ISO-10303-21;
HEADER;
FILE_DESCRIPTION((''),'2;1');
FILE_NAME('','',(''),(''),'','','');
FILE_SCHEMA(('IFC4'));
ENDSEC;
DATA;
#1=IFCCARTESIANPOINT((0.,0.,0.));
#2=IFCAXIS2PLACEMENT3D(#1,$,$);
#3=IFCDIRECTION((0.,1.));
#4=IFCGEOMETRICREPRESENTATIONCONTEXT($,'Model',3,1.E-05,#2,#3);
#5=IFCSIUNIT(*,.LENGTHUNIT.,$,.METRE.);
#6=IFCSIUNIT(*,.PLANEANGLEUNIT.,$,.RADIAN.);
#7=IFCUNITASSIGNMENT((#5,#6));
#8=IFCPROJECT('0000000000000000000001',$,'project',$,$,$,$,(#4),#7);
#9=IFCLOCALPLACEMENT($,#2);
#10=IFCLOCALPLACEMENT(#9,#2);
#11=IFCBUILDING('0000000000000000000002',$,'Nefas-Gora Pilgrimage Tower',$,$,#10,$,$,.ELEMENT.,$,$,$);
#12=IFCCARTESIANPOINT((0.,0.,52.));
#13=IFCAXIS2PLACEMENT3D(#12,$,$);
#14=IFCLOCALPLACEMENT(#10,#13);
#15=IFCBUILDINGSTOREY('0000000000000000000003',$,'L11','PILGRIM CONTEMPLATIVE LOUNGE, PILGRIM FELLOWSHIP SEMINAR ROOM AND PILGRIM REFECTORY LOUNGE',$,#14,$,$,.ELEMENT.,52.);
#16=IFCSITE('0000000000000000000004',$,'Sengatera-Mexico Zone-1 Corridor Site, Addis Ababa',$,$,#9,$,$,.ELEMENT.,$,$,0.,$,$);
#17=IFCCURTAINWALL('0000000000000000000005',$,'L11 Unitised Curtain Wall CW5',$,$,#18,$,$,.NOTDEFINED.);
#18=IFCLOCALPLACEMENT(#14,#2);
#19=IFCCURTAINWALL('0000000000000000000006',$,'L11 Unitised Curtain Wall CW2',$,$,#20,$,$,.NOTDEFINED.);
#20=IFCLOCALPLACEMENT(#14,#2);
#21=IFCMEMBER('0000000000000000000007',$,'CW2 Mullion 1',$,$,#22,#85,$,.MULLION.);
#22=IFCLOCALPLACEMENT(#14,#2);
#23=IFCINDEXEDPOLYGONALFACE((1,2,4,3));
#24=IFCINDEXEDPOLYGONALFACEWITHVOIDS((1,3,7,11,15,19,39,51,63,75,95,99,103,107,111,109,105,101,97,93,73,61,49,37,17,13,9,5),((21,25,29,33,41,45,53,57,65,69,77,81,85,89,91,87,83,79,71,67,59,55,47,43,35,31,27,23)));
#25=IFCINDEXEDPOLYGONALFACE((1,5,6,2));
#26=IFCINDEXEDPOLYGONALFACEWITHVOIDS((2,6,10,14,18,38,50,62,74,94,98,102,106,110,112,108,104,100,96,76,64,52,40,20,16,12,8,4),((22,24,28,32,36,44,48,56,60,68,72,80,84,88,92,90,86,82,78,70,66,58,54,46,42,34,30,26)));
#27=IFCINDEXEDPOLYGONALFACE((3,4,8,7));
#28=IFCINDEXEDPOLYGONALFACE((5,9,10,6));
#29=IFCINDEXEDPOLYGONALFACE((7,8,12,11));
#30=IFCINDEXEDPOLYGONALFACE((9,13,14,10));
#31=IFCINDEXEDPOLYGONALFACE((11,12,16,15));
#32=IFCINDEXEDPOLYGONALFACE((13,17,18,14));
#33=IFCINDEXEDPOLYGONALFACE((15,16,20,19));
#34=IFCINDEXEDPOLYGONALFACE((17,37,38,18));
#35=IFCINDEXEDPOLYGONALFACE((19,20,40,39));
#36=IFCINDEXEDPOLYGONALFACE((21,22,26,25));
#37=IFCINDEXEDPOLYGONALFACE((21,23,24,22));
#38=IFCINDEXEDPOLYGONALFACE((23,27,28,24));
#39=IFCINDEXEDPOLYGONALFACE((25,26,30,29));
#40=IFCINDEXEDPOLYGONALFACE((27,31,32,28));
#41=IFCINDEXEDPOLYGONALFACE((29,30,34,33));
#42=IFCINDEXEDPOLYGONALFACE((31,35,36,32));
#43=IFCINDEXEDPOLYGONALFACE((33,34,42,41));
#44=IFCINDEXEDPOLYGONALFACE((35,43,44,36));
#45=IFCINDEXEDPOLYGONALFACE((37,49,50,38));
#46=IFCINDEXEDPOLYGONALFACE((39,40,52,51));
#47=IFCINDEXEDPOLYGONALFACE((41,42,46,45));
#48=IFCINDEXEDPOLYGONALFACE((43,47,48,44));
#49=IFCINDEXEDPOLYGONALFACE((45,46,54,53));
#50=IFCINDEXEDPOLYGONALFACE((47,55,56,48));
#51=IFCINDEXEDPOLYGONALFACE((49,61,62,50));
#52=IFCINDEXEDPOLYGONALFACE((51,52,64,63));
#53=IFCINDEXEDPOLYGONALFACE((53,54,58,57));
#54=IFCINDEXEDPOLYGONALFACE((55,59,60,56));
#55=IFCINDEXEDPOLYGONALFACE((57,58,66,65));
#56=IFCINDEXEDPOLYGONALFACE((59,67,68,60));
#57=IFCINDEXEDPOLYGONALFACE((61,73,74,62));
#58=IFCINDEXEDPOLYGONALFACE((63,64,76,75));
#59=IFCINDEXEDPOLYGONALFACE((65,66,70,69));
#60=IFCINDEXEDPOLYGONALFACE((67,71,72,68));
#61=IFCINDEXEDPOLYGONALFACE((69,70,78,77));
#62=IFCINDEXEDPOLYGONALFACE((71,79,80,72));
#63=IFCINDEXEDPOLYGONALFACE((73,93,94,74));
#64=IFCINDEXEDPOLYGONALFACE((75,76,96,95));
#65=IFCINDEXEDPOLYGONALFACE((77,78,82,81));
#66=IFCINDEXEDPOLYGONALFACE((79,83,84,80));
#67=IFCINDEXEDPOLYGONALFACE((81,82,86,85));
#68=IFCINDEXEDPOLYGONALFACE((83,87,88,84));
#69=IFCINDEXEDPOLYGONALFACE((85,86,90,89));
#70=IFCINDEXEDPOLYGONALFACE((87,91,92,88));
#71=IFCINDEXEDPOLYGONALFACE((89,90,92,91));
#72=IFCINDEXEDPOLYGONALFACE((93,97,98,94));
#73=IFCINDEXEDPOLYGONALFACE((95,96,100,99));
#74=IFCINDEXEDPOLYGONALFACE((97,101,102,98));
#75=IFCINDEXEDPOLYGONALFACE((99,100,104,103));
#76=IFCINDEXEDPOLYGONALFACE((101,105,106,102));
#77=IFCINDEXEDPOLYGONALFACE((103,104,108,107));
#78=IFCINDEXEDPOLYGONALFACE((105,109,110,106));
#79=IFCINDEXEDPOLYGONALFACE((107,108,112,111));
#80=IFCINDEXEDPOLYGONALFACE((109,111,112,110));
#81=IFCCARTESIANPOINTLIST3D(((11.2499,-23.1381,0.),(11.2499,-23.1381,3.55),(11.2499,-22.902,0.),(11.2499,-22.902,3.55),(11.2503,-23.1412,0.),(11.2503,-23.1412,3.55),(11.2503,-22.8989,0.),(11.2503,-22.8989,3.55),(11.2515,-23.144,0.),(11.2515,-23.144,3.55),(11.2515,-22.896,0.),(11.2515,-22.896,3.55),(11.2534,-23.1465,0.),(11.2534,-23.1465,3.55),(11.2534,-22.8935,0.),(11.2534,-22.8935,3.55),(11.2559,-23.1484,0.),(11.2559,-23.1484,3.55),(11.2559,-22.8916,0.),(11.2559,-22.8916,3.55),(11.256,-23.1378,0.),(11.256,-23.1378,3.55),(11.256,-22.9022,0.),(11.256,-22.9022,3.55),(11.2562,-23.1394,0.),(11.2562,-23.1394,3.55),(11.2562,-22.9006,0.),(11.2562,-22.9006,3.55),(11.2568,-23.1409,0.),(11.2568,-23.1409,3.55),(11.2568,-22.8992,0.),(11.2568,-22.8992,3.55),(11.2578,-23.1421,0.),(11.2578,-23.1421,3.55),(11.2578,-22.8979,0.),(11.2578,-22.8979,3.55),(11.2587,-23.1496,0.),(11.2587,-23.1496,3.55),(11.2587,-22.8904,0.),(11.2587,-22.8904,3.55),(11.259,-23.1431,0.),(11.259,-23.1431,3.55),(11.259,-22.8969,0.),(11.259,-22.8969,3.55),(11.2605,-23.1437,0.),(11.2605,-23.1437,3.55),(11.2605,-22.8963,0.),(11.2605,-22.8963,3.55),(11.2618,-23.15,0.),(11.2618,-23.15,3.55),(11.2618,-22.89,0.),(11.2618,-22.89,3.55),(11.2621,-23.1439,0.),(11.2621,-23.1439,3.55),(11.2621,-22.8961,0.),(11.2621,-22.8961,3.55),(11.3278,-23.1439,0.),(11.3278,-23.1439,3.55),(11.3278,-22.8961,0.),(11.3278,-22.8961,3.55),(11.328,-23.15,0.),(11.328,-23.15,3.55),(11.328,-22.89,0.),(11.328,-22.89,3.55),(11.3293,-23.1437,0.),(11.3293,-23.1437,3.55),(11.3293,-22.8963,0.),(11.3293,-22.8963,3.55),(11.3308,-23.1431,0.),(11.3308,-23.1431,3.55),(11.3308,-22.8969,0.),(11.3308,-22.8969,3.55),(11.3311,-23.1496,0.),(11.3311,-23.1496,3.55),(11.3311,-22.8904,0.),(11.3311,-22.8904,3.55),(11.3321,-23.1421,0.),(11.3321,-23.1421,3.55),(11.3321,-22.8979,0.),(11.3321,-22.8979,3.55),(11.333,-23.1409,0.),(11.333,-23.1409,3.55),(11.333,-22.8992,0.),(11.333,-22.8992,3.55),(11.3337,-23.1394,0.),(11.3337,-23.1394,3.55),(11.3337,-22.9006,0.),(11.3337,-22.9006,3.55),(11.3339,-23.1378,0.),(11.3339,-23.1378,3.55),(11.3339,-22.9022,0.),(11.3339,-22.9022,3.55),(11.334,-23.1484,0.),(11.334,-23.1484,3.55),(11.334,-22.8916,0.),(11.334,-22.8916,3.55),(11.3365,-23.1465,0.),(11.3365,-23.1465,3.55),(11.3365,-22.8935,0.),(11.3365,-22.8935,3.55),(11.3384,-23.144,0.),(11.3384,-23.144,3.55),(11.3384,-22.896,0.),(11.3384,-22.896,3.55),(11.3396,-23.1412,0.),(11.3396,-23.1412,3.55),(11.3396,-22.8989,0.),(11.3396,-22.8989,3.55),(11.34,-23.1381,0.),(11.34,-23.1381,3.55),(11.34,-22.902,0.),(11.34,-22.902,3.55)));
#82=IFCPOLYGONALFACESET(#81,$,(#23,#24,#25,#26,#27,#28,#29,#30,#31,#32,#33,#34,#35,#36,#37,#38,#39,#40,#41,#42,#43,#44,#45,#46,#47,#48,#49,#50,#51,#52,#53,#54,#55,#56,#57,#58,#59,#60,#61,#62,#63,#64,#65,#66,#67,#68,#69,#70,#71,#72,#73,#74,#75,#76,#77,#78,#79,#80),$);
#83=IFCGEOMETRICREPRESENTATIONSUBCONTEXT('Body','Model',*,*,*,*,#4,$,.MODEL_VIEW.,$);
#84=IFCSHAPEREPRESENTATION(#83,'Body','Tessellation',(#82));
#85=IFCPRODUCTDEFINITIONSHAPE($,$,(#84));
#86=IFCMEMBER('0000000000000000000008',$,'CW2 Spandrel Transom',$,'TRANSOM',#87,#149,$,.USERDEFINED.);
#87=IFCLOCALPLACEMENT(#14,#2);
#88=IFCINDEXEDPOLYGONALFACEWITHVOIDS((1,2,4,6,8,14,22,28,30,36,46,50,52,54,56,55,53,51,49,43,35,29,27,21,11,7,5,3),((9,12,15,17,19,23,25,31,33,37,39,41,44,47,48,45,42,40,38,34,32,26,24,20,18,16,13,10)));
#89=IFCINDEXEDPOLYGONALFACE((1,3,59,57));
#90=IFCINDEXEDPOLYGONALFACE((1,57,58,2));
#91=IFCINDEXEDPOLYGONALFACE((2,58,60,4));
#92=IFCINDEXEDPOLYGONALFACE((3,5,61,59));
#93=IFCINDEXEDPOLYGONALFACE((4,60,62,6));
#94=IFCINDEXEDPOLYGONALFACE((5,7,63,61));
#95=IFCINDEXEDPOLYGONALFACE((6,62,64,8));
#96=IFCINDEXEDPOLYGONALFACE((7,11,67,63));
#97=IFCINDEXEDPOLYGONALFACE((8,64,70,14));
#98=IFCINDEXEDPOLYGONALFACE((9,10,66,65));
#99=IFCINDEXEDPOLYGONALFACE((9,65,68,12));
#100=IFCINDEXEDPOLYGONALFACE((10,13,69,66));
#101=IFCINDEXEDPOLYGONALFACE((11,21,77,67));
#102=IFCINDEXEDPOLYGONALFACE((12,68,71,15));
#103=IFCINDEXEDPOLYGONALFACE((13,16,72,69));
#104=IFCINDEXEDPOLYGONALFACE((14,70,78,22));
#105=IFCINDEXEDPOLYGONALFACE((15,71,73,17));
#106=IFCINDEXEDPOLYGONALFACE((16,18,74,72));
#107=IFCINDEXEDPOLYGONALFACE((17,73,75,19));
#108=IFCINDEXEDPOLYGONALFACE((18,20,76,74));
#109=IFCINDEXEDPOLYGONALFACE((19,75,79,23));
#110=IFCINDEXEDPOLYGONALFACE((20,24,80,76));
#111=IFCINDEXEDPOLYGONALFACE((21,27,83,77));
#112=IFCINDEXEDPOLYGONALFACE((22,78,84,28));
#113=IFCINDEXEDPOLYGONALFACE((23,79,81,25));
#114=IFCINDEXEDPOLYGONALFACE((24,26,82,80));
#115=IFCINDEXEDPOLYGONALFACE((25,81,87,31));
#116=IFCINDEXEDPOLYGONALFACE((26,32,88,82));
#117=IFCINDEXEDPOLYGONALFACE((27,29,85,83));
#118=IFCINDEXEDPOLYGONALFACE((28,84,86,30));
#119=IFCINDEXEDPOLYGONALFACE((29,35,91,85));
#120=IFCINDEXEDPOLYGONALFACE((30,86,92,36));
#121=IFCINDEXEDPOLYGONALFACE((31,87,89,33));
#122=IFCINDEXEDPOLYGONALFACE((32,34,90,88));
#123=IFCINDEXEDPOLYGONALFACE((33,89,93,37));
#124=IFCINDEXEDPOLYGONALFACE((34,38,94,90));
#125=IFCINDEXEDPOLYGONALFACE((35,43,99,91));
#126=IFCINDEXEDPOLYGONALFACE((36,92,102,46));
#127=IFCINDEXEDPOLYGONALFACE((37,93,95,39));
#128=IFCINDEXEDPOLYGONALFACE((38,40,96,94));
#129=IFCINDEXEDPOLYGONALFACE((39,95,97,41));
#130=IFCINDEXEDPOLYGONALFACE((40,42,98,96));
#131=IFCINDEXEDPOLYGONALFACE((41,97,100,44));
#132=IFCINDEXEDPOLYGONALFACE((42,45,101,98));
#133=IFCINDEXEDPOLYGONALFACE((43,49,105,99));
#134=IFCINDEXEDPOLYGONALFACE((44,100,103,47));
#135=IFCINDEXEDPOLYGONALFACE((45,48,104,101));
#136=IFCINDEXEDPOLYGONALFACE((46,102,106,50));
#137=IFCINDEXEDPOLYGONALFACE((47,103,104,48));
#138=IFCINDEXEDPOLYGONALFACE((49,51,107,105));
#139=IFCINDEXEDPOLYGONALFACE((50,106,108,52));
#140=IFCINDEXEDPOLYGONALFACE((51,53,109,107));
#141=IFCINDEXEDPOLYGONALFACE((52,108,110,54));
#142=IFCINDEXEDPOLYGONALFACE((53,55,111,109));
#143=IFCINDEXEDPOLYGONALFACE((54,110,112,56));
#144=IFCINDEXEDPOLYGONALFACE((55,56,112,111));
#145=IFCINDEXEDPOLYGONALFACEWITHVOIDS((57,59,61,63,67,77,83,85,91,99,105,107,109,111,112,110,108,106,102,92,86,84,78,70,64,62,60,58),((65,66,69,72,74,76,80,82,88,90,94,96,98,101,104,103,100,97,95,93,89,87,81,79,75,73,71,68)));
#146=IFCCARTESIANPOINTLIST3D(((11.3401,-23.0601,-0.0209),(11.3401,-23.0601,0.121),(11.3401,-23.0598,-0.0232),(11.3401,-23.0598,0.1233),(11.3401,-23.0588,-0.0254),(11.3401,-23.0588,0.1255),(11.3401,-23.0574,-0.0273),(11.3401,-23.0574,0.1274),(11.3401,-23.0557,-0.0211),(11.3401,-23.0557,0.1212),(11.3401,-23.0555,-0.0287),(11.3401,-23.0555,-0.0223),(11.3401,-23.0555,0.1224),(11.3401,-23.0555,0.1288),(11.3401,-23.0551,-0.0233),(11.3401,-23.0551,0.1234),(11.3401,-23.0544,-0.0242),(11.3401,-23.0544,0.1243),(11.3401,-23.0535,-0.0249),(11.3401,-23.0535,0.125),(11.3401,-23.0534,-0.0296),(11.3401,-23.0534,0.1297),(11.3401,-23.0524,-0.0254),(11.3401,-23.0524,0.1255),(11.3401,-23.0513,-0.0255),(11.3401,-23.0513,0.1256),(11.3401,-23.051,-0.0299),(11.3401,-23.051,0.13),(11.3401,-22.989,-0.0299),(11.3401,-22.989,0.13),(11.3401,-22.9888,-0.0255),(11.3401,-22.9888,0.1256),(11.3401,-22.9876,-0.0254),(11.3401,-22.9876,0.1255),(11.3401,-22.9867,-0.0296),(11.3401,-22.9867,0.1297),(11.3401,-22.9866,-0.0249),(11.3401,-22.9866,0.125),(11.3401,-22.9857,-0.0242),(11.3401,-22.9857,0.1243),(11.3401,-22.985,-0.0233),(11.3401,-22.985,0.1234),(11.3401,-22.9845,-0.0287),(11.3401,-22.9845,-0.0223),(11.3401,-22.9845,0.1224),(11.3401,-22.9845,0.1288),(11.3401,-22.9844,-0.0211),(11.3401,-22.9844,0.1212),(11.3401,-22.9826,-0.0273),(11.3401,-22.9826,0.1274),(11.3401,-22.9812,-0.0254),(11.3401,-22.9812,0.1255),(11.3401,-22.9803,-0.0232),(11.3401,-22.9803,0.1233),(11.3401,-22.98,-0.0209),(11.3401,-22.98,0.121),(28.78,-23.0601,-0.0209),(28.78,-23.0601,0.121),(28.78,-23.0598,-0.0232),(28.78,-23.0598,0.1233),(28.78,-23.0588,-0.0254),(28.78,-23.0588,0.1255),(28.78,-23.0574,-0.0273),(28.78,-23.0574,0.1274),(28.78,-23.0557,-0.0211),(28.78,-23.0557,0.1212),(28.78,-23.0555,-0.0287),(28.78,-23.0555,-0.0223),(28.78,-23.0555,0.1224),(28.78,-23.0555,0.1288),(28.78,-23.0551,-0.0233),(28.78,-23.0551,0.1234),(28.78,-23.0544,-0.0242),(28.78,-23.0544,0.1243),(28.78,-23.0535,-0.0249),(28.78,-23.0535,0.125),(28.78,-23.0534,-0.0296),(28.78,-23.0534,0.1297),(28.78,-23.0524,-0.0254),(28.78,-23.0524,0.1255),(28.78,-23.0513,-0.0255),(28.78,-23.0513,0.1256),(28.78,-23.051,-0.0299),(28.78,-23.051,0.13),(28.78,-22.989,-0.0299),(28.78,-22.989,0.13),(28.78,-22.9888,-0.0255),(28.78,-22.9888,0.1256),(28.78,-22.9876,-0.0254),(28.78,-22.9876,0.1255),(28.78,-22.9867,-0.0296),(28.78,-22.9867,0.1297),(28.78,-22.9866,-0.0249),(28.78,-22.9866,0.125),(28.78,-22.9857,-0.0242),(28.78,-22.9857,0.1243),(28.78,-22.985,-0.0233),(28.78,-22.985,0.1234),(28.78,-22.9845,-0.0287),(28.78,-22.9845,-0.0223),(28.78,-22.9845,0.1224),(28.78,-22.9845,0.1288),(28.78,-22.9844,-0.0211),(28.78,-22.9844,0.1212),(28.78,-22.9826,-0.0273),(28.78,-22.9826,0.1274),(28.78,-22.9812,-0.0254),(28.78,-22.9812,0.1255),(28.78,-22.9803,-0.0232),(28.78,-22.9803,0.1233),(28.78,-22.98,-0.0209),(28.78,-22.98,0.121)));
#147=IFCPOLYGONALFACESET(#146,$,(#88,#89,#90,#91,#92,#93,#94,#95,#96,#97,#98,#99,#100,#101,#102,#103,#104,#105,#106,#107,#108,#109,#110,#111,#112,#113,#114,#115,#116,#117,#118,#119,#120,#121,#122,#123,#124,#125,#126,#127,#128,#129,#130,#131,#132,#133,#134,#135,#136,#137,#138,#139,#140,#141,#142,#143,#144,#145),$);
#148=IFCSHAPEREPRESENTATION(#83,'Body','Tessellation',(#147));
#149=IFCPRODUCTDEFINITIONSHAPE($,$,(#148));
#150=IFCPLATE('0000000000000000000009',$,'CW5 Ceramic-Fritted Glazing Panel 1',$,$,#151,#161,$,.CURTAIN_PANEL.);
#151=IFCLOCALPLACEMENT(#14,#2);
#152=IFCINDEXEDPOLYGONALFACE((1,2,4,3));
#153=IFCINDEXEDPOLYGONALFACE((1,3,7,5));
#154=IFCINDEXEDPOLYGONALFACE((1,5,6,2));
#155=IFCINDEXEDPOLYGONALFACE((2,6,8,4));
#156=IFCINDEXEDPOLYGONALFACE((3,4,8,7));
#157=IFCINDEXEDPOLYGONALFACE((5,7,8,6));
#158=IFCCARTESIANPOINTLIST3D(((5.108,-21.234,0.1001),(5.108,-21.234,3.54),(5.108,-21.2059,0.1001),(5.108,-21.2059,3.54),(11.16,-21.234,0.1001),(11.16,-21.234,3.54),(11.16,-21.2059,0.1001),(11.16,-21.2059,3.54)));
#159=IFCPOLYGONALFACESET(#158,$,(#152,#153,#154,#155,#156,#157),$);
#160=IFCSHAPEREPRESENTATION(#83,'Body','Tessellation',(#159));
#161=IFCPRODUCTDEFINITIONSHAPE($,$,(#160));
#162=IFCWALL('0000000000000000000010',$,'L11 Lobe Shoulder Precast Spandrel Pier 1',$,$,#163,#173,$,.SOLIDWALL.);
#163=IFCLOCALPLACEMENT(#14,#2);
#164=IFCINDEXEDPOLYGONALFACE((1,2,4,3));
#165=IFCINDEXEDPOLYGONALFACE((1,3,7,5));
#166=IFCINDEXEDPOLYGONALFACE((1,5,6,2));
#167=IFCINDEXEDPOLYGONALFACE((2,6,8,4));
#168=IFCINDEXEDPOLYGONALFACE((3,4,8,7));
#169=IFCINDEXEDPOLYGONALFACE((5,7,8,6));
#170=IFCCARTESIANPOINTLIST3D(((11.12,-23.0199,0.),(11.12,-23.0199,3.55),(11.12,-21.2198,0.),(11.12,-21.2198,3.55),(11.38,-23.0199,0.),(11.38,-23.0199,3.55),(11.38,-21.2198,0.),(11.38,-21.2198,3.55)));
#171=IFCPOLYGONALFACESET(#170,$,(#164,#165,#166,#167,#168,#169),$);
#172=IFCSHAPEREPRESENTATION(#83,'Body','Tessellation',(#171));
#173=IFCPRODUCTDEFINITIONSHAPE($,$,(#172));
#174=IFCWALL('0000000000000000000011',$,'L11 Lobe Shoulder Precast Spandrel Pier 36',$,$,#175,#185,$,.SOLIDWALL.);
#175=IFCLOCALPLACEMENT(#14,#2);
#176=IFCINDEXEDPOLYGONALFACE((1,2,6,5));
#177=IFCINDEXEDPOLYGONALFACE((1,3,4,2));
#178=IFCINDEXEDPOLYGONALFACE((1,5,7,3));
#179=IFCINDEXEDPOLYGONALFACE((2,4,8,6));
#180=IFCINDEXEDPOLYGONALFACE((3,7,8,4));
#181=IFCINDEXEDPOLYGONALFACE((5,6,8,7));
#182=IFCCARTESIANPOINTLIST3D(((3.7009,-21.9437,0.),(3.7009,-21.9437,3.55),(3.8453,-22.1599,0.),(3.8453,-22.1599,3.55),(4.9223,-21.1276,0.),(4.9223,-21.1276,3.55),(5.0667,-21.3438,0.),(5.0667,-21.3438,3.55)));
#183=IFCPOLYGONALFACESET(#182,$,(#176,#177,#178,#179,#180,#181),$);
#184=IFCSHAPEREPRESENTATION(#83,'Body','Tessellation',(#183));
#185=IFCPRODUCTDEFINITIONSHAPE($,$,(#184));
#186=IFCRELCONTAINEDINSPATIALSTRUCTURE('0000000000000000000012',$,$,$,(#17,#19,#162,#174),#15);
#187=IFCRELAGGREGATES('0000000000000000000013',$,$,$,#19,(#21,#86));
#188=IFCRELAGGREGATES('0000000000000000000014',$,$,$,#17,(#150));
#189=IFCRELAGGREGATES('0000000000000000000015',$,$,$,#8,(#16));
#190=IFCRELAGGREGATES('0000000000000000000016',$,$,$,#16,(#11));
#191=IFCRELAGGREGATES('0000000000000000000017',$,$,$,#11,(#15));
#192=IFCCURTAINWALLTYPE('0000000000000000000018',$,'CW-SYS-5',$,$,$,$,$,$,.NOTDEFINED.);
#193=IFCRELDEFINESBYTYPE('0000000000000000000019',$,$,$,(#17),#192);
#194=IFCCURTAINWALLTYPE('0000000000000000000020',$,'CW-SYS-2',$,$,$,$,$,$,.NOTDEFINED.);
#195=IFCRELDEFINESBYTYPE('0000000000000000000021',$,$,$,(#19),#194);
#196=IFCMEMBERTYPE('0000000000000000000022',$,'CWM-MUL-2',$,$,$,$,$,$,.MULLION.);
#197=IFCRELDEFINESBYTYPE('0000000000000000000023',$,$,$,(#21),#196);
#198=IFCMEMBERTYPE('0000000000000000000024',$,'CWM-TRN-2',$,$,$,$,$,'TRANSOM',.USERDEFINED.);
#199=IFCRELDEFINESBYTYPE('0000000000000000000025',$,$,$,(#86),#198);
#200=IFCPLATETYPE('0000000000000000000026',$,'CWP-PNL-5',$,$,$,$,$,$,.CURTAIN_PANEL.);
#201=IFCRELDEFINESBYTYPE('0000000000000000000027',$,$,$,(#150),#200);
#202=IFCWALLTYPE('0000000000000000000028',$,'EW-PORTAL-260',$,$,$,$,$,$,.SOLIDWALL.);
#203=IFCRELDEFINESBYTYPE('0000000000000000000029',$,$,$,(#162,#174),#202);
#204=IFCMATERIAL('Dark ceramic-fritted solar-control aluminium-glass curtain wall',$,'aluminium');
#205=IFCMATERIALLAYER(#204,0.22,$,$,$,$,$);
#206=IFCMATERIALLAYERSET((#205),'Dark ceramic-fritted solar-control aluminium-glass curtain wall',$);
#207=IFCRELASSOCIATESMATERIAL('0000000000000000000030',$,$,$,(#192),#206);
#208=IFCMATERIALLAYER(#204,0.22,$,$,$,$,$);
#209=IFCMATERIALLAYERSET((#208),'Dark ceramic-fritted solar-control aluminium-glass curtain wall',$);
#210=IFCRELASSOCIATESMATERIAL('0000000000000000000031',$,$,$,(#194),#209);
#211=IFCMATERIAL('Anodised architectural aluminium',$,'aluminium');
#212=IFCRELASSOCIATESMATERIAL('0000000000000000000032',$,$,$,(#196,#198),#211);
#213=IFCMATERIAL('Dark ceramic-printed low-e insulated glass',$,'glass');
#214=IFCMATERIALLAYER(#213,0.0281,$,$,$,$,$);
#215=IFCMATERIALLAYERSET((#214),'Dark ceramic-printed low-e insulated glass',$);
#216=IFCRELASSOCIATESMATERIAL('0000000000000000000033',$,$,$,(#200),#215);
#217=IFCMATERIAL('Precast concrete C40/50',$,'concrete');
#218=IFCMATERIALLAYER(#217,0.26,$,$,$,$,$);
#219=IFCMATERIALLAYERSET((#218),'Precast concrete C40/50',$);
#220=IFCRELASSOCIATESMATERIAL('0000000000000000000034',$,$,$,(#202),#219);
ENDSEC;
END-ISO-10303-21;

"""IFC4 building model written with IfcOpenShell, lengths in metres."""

from ifc_helpers import new_model, si_unit, direction, frame, frame_2d, origin, origin_2d, place, context, subcontext, project, spatial, rectangle, hollow_rectangle, extrude, source, transform, mapped, material, layer, layer_set, material_profile, profile_set, type_object, element, aggregate, save


model = new_model("IFC4")

# Units and contexts
model_context = context("Model", 3, precision=1e-05, world=origin(), true_north=direction((0.0, 1.0)))
body_context = subcontext(model_context, "Body", "Model", "MODEL_VIEW")
ifc_project = project(units=[si_unit("LENGTHUNIT", "METRE"), si_unit("PLANEANGLEUNIT", "RADIAN")], contexts=[model_context])

# Site, building, storey
site_placement = place(None, origin())
site = spatial("IfcSite", under=ifc_project, at=site_placement, Name="Sengatera-Mexico Zone-1 Corridor Site, Addis Ababa", CompositionType="ELEMENT", RefElevation=0.0)
building_placement = place(site_placement, origin())
building = spatial("IfcBuilding", under=site, at=building_placement, Name="Nefas-Gora Pilgrimage Tower", CompositionType="ELEMENT")
storey_placement = place(building_placement, frame((0.0, 0.0, 52.0)))
storey = spatial("IfcBuildingStorey", under=building, at=storey_placement, Name="L11", Description="PILGRIM CONTEMPLATIVE LOUNGE, PILGRIM FELLOWSHIP SEMINAR ROOM AND PILGRIM REFECTORY LOUNGE", CompositionType="ELEMENT", Elevation=52.0)

# Curtain wall
ifc_material_1 = material(Name="Dark ceramic-fritted solar-control aluminium-glass curtain wall", Category="aluminium")
ifc_layer_1 = layer(ifc_material_1, 0.22)
ifc_layer_set_1 = layer_set([ifc_layer_1], Name="Dark ceramic-fritted solar-control aluminium-glass curtain wall")
curtain_wall_type_1 = type_object("IfcCurtainWallType", Name="CW-SYS-5", PredefinedType="NOTDEFINED", material=ifc_layer_set_1)
curtain_wall_1_placement = place(storey_placement, origin())
curtain_wall_1 = element("IfcCurtainWall", 1, at=curtain_wall_1_placement, inside=storey, type_object=curtain_wall_type_1, Name="L11 Unitised Curtain Wall CW5", PredefinedType="NOTDEFINED")
ifc_material_2 = material(Name="Anodised architectural aluminium", Category="aluminium")

# Curtain wall, members
ifc_layer_2 = layer(ifc_material_1, 0.22)
ifc_layer_set_2 = layer_set([ifc_layer_2], Name="Dark ceramic-fritted solar-control aluminium-glass curtain wall")
curtain_wall_type_2 = type_object("IfcCurtainWallType", Name="CW-SYS-2", PredefinedType="NOTDEFINED", material=ifc_layer_set_2)
curtain_wall_2_placement = place(storey_placement, origin())
curtain_wall_2 = element("IfcCurtainWall", 2, at=curtain_wall_2_placement, inside=storey, type_object=curtain_wall_type_2, Name="L11 Unitised Curtain Wall CW2", PredefinedType="NOTDEFINED")
ifc_material_profile_1 = material_profile(ifc_material_2, hollow_rectangle(XDim=0.0901, YDim=0.26, WallThickness=0.0061, InnerFilletRadius=0.0061, OuterFilletRadius=0.012, at=origin_2d()), Name="ALU MULLION 90x260")
ifc_profile_set_1 = profile_set([ifc_material_profile_1], Name="Anodised architectural aluminium")
member_type_1 = type_object("IfcMemberType", Name="CWM-MUL-2", PredefinedType="MULLION", material=ifc_profile_set_1)
shared_shape_1 = source(origin(), body_context, "Body", "SweptSolid", [
    extrude(hollow_rectangle(XDim=0.0901, YDim=0.26, WallThickness=0.0061, InnerFilletRadius=0.0061, OuterFilletRadius=0.012, at=origin_2d()), origin(), (0.0, 0.0, 1.0), 3.55),
])
member_1_placement = place(storey_placement, frame((11.2949, -23.02, 0.0), z_axis=(0.0, 0.0, 1.0), x_axis=(1.0, 0.0, 0.0)))
member_1 = element("IfcMember", 3, at=member_1_placement, type_object=member_type_1, Name="CW2 Mullion 1", PredefinedType="MULLION", context=body_context, shape_type="MappedRepresentation", body=[
    mapped(shared_shape_1, transform((0.0, 0.0, 0.0), x_axis=(1.0, 0.0, 0.0), y_axis=(0.0, 1.0, 0.0), z_axis=(0.0, 0.0, 1.0), scale=1.0)),
])
ifc_material_profile_2 = material_profile(ifc_material_2, hollow_rectangle(XDim=0.0801, YDim=0.1599, WallThickness=0.0044, InnerFilletRadius=0.0044, OuterFilletRadius=0.009, at=origin_2d()), Name="ALU TRANSOM 80x160")
ifc_profile_set_2 = profile_set([ifc_material_profile_2], Name="Anodised architectural aluminium")
member_type_2 = type_object("IfcMemberType", Name="CWM-TRN-2", ElementType="TRANSOM", PredefinedType="USERDEFINED", material=ifc_profile_set_2)
shared_shape_2 = source(origin(), body_context, "Body", "SweptSolid", [
    extrude(hollow_rectangle(XDim=0.0801, YDim=0.1599, WallThickness=0.0044, InnerFilletRadius=0.0044, OuterFilletRadius=0.009, at=origin_2d()), origin(), (0.0, 0.0, 1.0), 17.4399),
])
member_2_placement = place(storey_placement, frame((11.3401, -23.02, 0.05), z_axis=(1.0, 0.0, 0.0), x_axis=(0.0, 1.0, 0.0)))
member_2 = element("IfcMember", 4, at=member_2_placement, type_object=member_type_2, Name="CW2 Spandrel Transom", ObjectType="TRANSOM", PredefinedType="USERDEFINED", context=body_context, shape_type="MappedRepresentation", body=[
    mapped(shared_shape_2, transform((0.0, 0.0, 0.0), x_axis=(1.0, 0.0, 0.0), y_axis=(0.0, 1.0, 0.0), z_axis=(0.0, 0.0, 1.0), scale=1.0)),
])
aggregate(curtain_wall_2, [member_1, member_2])

# Plate
ifc_material_3 = material(Name="Dark ceramic-printed low-e insulated glass", Category="glass")
ifc_layer_3 = layer(ifc_material_3, 0.0281)
ifc_layer_set_3 = layer_set([ifc_layer_3], Name="Dark ceramic-printed low-e insulated glass")
plate_type = type_object("IfcPlateType", Name="CWP-PNL-5", PredefinedType="CURTAIN_PANEL", material=ifc_layer_set_3)
shared_shape_3 = source(origin(), body_context, "Body", "SweptSolid", [
    extrude(rectangle(XDim=6.052, YDim=0.0281, at=origin_2d()), origin(), (0.0, 0.0, 1.0), 3.4399),
])
plate_placement = place(storey_placement, frame((8.134, -21.22, 0.1001), z_axis=(0.0, 0.0, 1.0), x_axis=(1.0, 0.0, 0.0)))
plate = element("IfcPlate", 5, at=plate_placement, type_object=plate_type, Name="CW5 Ceramic-Fritted Glazing Panel 1", PredefinedType="CURTAIN_PANEL", context=body_context, shape_type="MappedRepresentation", body=[
    mapped(shared_shape_3, transform((0.0, 0.0, 0.0), x_axis=(1.0, 0.0, 0.0), y_axis=(0.0, 1.0, 0.0), z_axis=(0.0, 0.0, 1.0), scale=1.0)),
])
aggregate(curtain_wall_1, [plate])

# Walls
ifc_material_4 = material(Name="Precast concrete C40/50", Category="concrete")
ifc_layer_4 = layer(ifc_material_4, 0.26)
ifc_layer_set_4 = layer_set([ifc_layer_4], Name="Precast concrete C40/50")
wall_type_1 = type_object("IfcWallType", Name="EW-PORTAL-260", PredefinedType="SOLIDWALL", material=ifc_layer_set_4)
shared_shape_4 = source(origin(), body_context, "Body", "SweptSolid", [
    extrude(rectangle(XDim=1.8, YDim=0.26, at=frame_2d((0.8999, 0.0))), origin(), (0.0, 0.0, 1.0), 3.55),
])
wall_1_placement = place(storey_placement, frame((11.25, -21.22, 0.0), z_axis=(0.0, 0.0, 1.0), x_axis=(0.0, -1.0, 0.0)))
element("IfcWall", 6, at=wall_1_placement, inside=storey, type_object=wall_type_1, Name="L11 Lobe Shoulder Precast Spandrel Pier 1", PredefinedType="SOLIDWALL", context=body_context, shape_type="MappedRepresentation", body=[
    mapped(shared_shape_4, transform((0.0, 0.0, 0.0), x_axis=(1.0, 0.0, 0.0), y_axis=(0.0, 1.0, 0.0), z_axis=(0.0, 0.0, 1.0), scale=1.0)),
])
shared_shape_5 = source(origin(), body_context, "Body", "SweptSolid", [
    extrude(rectangle(XDim=1.469, YDim=0.26, at=frame_2d((0.7344, 0.0))), origin(), (0.0, 0.0, 1.0), 3.55),
])
wall_2_placement = place(storey_placement, frame((3.7732, -22.0518, 0.0), z_axis=(0.0, 0.0, 1.0), x_axis=(0.831462, 0.555582, 0.0)))
element("IfcWall", 7, at=wall_2_placement, inside=storey, type_object=wall_type_1, Name="L11 Lobe Shoulder Precast Spandrel Pier 36", PredefinedType="SOLIDWALL", context=body_context, shape_type="MappedRepresentation", body=[
    mapped(shared_shape_5, transform((0.0, 0.0, 0.0), x_axis=(1.0, 0.0, 0.0), y_axis=(0.0, 1.0, 0.0), z_axis=(0.0, 0.0, 1.0), scale=1.0)),
])

save(model, "model.ifc")
